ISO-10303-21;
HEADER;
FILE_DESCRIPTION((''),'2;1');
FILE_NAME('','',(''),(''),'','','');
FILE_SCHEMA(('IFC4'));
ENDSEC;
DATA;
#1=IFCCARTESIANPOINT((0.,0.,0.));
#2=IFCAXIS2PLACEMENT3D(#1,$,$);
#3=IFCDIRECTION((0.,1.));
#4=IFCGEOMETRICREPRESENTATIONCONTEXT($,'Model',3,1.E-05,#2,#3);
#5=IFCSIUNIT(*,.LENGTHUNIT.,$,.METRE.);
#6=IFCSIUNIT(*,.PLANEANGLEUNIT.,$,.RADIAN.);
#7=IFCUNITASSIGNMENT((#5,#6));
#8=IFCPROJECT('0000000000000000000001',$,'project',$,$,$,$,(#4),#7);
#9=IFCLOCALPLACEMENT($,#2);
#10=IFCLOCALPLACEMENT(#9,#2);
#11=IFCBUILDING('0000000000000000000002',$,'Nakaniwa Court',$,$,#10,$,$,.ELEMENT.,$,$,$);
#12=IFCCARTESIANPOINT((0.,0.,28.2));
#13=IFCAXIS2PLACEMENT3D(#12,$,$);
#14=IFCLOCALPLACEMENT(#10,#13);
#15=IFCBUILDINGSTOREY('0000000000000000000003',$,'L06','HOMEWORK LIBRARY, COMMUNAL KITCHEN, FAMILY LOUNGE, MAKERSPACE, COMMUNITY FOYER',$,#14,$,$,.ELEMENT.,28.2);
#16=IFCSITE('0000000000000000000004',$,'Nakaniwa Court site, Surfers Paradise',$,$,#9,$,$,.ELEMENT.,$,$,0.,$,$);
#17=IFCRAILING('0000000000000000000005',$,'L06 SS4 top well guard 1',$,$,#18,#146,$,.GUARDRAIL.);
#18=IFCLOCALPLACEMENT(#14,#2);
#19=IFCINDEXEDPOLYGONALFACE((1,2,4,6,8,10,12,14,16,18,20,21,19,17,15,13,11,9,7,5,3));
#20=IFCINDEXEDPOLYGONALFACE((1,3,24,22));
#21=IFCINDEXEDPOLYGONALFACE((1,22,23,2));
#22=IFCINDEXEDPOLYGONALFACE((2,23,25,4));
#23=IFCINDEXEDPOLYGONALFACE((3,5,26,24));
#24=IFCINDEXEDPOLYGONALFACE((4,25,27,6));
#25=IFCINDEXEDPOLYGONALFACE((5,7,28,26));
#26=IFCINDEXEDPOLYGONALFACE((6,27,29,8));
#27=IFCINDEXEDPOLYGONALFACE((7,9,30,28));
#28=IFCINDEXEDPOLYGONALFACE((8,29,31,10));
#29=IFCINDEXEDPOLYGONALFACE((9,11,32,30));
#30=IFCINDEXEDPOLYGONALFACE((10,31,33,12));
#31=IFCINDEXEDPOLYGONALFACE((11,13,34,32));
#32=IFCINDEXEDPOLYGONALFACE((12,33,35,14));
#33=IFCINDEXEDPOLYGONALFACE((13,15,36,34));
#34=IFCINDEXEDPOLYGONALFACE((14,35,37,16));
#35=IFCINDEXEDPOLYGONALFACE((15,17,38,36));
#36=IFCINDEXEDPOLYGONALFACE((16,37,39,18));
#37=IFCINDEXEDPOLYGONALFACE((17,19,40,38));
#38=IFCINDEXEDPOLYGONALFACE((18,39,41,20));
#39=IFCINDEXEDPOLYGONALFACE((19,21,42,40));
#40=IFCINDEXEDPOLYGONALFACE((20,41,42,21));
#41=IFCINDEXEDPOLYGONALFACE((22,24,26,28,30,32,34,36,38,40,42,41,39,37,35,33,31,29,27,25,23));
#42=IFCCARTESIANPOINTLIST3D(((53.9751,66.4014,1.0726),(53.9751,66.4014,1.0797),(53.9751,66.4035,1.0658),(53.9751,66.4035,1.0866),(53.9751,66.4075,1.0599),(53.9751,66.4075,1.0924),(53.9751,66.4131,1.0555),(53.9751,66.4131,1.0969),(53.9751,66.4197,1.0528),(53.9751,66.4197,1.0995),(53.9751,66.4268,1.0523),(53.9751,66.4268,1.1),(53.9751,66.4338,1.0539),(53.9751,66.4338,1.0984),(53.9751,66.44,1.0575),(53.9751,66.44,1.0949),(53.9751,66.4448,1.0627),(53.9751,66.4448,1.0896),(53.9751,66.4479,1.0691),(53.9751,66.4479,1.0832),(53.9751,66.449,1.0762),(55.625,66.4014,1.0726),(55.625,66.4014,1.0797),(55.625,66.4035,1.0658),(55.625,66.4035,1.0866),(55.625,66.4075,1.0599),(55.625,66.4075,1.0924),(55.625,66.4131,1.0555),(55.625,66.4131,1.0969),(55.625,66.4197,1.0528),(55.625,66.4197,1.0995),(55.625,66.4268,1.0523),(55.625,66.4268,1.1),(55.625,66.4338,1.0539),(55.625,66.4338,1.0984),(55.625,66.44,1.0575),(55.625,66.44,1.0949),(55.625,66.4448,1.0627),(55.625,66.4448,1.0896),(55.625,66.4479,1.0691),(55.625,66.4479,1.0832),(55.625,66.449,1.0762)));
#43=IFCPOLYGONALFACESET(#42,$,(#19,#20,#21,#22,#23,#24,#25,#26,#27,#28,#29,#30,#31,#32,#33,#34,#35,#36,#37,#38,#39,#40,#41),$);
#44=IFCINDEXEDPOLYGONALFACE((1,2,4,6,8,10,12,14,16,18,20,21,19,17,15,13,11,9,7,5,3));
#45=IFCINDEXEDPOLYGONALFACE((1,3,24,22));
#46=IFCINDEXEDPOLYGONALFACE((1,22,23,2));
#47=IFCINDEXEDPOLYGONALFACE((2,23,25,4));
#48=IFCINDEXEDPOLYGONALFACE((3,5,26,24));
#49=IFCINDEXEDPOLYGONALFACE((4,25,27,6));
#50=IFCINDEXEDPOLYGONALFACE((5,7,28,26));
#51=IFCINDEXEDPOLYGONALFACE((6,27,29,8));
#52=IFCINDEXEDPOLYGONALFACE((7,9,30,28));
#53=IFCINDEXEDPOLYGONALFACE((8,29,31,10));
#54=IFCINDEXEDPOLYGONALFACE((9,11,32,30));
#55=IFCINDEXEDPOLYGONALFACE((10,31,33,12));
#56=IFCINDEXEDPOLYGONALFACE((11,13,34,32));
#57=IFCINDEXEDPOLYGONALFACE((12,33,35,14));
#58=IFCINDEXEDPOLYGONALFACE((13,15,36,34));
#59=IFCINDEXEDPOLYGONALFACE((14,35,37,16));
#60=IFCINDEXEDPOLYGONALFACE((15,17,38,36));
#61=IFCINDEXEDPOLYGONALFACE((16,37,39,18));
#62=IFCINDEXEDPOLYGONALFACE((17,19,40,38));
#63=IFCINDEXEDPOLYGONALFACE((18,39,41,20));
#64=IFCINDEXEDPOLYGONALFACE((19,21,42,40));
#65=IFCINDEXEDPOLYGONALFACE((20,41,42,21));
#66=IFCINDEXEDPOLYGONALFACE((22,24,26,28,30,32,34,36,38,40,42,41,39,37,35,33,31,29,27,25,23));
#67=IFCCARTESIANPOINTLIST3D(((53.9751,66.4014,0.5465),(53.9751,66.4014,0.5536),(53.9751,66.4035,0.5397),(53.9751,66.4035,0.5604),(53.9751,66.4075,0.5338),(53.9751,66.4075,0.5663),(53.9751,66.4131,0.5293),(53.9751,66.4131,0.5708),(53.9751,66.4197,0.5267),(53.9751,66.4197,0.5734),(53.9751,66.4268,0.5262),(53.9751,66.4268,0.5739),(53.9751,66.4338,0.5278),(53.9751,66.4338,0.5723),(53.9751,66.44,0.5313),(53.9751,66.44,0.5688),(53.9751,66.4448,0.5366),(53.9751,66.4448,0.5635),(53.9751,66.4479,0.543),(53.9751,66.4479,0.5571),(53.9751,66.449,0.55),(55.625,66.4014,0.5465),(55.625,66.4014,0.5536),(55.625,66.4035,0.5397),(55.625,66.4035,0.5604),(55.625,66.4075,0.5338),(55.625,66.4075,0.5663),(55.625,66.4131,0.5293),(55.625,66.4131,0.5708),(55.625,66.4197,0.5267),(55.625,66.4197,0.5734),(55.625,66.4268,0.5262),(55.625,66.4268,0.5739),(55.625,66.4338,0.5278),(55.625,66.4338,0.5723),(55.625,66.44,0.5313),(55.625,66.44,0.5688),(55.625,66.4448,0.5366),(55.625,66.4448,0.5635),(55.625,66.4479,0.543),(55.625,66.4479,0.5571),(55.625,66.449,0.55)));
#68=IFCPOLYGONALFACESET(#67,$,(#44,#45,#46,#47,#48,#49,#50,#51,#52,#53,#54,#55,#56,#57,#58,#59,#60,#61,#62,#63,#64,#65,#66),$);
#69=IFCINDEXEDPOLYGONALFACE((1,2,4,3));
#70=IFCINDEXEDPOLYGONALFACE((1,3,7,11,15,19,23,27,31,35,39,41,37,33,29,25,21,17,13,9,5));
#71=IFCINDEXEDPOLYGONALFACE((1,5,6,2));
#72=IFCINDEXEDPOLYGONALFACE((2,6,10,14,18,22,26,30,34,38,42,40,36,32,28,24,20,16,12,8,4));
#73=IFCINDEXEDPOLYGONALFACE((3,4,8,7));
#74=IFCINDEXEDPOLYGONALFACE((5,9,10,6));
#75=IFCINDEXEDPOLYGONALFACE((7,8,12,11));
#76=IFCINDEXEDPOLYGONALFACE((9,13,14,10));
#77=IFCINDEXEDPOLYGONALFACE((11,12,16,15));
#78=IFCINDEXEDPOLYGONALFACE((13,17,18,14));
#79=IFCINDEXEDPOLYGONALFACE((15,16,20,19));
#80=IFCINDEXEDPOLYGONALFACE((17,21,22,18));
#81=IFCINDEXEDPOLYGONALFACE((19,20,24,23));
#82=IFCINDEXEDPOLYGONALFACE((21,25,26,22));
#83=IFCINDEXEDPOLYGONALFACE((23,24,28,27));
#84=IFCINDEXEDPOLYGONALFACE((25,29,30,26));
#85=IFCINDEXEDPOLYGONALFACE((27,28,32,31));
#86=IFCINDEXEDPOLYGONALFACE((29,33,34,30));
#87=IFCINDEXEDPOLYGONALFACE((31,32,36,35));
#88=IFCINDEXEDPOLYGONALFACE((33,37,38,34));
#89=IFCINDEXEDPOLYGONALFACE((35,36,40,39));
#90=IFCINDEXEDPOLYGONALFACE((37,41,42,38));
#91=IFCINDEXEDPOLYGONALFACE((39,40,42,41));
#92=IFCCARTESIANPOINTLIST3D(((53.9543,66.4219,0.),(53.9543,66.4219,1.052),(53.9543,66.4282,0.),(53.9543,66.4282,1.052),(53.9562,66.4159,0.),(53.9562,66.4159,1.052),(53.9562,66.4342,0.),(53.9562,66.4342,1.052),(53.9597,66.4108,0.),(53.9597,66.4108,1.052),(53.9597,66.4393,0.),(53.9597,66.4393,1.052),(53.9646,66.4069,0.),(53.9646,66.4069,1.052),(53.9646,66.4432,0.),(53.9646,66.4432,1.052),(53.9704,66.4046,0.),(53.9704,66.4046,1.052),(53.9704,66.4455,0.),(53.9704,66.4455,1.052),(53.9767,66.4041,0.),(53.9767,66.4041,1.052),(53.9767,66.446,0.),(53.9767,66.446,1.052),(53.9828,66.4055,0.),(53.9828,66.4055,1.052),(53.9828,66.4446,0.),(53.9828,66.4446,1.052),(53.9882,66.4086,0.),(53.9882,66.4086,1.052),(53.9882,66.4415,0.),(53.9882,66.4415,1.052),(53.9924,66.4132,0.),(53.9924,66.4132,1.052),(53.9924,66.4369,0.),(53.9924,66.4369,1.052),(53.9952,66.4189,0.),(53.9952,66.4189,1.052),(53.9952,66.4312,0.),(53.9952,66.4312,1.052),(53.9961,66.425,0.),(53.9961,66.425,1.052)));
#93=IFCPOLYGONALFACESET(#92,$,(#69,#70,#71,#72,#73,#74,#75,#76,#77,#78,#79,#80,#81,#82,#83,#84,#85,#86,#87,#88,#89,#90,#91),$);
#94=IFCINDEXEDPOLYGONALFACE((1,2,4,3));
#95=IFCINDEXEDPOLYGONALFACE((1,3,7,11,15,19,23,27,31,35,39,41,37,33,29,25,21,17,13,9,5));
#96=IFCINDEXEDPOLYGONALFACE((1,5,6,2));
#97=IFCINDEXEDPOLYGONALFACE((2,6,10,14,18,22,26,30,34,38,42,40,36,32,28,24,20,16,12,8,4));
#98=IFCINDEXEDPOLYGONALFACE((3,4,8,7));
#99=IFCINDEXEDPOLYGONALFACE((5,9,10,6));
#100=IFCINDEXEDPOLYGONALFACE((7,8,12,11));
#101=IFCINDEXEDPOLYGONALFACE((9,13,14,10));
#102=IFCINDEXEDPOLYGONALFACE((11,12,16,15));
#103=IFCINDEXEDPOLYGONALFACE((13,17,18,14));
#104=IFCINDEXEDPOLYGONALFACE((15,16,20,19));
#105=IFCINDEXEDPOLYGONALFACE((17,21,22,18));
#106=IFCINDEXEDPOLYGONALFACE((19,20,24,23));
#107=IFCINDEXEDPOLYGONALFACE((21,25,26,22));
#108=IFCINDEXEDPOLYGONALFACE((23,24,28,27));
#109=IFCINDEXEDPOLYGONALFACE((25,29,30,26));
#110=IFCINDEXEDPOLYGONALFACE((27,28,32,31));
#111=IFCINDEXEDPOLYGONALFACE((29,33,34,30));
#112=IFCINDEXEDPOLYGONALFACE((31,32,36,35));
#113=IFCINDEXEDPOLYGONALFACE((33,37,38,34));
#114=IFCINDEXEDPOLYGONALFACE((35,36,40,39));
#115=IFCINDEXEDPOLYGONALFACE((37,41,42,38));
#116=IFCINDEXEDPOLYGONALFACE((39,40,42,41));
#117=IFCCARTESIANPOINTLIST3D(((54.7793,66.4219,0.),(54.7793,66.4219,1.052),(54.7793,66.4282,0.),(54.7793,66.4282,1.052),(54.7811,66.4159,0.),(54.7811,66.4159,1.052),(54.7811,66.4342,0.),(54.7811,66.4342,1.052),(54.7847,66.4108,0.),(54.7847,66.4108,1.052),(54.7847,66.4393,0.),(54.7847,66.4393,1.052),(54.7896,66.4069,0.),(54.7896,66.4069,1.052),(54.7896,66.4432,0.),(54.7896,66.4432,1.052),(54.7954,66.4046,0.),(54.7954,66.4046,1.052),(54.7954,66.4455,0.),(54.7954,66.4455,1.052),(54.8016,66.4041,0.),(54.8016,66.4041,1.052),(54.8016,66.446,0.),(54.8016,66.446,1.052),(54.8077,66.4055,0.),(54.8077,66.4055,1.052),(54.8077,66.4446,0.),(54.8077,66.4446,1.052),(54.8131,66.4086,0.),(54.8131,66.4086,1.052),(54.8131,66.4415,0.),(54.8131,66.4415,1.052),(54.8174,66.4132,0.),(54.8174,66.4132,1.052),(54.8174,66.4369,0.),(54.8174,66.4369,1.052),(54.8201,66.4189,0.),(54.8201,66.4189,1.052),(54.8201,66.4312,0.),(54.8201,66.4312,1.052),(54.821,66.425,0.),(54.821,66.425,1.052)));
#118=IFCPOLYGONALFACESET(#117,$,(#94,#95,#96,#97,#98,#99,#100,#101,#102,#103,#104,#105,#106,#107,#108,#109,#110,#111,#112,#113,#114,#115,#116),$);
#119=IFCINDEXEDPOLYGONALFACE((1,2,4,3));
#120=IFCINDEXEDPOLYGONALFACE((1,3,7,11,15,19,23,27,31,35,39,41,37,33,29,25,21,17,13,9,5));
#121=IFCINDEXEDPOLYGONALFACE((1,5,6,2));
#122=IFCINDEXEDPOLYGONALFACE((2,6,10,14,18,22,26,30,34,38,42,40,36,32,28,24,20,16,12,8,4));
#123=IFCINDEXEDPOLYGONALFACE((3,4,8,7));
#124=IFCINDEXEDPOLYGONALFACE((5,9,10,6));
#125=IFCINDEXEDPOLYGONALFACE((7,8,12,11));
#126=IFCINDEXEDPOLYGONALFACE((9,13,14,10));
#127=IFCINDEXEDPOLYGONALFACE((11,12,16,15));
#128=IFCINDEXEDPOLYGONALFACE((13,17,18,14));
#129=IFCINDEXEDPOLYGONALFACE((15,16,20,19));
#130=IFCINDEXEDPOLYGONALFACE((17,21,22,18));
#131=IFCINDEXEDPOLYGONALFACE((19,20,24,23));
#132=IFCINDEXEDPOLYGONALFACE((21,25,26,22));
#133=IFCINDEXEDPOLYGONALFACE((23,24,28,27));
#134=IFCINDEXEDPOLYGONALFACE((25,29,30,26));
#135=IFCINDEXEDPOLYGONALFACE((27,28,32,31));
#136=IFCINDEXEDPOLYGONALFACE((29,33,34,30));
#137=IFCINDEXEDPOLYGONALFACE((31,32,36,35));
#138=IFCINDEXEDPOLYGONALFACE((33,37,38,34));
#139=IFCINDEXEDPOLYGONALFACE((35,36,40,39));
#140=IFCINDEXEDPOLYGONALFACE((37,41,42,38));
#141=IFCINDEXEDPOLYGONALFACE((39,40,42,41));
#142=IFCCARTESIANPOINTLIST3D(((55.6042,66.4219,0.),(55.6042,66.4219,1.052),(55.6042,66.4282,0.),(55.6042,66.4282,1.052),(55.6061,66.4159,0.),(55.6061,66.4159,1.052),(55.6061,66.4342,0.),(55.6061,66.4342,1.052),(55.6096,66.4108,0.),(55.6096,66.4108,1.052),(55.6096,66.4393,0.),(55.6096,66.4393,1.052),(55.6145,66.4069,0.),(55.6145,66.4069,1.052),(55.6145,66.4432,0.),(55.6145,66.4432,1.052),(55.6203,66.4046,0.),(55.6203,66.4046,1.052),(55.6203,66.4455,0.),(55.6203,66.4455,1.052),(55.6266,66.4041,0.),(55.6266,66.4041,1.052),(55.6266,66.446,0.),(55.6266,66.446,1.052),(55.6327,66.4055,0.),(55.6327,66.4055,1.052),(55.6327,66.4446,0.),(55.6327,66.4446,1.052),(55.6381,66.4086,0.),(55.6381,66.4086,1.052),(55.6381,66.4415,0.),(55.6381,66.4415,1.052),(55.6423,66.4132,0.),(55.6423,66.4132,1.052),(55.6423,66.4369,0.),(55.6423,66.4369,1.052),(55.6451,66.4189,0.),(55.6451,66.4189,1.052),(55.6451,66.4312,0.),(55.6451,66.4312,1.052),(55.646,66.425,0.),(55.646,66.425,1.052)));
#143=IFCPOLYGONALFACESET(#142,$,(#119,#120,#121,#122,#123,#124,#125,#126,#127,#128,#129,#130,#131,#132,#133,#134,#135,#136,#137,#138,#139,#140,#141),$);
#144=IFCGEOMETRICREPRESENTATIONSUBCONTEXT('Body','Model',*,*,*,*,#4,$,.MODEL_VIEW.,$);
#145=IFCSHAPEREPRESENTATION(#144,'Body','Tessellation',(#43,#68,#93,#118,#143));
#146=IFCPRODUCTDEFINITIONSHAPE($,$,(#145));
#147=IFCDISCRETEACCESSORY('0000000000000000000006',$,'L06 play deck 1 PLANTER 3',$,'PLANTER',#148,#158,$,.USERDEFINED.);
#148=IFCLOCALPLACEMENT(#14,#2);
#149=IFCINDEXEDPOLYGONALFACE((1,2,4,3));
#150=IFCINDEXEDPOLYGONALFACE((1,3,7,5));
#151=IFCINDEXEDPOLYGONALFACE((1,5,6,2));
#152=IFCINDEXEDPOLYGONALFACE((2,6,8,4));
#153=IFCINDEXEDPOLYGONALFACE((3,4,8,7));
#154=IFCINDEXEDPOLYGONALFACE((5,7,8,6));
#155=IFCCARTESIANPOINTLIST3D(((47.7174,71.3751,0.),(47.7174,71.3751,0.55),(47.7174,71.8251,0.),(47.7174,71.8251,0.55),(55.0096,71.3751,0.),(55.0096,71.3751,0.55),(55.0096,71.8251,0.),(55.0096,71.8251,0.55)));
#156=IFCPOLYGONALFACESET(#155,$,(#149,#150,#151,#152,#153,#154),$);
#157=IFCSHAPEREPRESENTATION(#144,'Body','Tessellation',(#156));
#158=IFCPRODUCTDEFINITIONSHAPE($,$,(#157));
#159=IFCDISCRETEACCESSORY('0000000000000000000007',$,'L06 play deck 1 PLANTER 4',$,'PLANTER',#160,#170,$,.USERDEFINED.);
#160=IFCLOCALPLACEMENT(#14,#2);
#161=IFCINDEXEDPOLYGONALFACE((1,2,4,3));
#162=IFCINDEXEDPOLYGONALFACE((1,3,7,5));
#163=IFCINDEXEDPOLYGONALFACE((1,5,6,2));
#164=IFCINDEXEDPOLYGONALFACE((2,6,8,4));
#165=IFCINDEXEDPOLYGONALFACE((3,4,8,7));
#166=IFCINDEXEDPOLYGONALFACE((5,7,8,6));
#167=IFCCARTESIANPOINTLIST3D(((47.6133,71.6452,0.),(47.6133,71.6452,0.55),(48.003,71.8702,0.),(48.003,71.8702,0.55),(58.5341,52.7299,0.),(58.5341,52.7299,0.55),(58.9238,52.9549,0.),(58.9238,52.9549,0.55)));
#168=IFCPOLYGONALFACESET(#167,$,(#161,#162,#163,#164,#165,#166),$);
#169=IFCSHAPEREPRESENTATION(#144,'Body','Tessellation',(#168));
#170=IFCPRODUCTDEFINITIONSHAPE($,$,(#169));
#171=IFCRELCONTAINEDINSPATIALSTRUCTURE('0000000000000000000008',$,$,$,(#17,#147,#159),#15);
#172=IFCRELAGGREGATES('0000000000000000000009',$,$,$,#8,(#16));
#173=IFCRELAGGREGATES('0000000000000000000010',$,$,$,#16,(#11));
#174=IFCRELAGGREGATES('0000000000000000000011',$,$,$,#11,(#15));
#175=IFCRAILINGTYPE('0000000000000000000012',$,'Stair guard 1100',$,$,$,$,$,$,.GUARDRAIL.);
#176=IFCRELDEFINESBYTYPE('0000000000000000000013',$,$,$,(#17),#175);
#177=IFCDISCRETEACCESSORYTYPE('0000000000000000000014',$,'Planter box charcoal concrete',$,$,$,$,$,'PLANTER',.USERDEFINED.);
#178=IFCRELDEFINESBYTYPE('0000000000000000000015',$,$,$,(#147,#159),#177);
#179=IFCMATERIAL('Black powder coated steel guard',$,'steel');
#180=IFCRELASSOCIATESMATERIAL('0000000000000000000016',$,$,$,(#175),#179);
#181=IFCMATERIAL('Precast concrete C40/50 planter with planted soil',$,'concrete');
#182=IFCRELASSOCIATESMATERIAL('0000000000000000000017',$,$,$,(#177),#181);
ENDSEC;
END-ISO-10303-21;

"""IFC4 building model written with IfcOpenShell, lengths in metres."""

from ifc_helpers import new_model, si_unit, direction, frame, origin, origin_2d, place, context, subcontext, project, spatial, rectangle, circle, extrude, material, type_object, element, save


model = new_model("IFC4")

# Units and contexts
model_context = context("Model", 3, precision=1e-05, world=origin(), true_north=direction((0.0, 1.0)))
body_context = subcontext(model_context, "Body", "Model", "MODEL_VIEW")
ifc_project = project(units=[si_unit("LENGTHUNIT", "METRE"), si_unit("PLANEANGLEUNIT", "RADIAN")], contexts=[model_context])

# Site, building, storey
site_placement = place(None, origin())
site = spatial("IfcSite", under=ifc_project, at=site_placement, Name="Nakaniwa Court site, Surfers Paradise", CompositionType="ELEMENT", RefElevation=0.0)
building_placement = place(site_placement, origin())
building = spatial("IfcBuilding", under=site, at=building_placement, Name="Nakaniwa Court", CompositionType="ELEMENT")
storey_placement = place(building_placement, frame((0.0, 0.0, 28.2)))
storey = spatial("IfcBuildingStorey", under=building, at=storey_placement, Name="L06", Description="HOMEWORK LIBRARY, COMMUNAL KITCHEN, FAMILY LOUNGE, MAKERSPACE, COMMUNITY FOYER", CompositionType="ELEMENT", Elevation=28.2)

# Railing
ifc_material_1 = material(Name="Black powder coated steel guard", Category="steel")
railing_type = type_object("IfcRailingType", Name="Stair guard 1100", PredefinedType="GUARDRAIL", material=ifc_material_1)
railing_placement = place(storey_placement, frame((53.9751, 66.425, 0.0)))
element("IfcRailing", 1, at=railing_placement, inside=storey, type_object=railing_type, Name="L06 SS4 top well guard 1", PredefinedType="GUARDRAIL", context=body_context, shape_type="SweptSolid", body=[
    extrude(circle(Radius=0.0239, at=origin_2d()), frame((0.0, 0.0, 1.0762), z_axis=(1.0, 0.0, 0.0), x_axis=(0.0, 1.0, 0.0)), (0.0, 0.0, 1.0), 1.6499),
    extrude(circle(Radius=0.0239, at=origin_2d()), frame((0.0, 0.0, 0.55), z_axis=(1.0, 0.0, 0.0), x_axis=(0.0, 1.0, 0.0)), (0.0, 0.0, 1.0), 1.6499),
    extrude(circle(Radius=0.021, at=origin_2d()), origin(), (0.0, 0.0, 1.0), 1.052),
    extrude(circle(Radius=0.021, at=origin_2d()), frame((0.825, 0.0, 0.0)), (0.0, 0.0, 1.0), 1.052),
    extrude(circle(Radius=0.021, at=origin_2d()), frame((1.6499, 0.0, 0.0)), (0.0, 0.0, 1.0), 1.052),
])

# Discrete accessories
ifc_material_2 = material(Name="Precast concrete C40/50 planter with planted soil", Category="concrete")
discrete_accessory_type = type_object("IfcDiscreteAccessoryType", Name="Planter box charcoal concrete", ElementType="PLANTER", PredefinedType="USERDEFINED", material=ifc_material_2)
discrete_accessory_1_placement = place(storey_placement, frame((51.3635, 71.6001, 0.0), z_axis=(0.0, 0.0, 1.0), x_axis=(-1.0, 0.0, 0.0)))
element("IfcDiscreteAccessory", 2, at=discrete_accessory_1_placement, inside=storey, type_object=discrete_accessory_type, Name="L06 play deck 1 PLANTER 3", ObjectType="PLANTER", PredefinedType="USERDEFINED", context=body_context, shape_type="SweptSolid", body=[
    extrude(rectangle(XDim=7.2922, YDim=0.45, at=origin_2d()), origin(), (0.0, 0.0, 1.0), 0.55),
])
discrete_accessory_2_placement = place(storey_placement, frame((53.2686, 62.3, 0.0), z_axis=(0.0, 0.0, 1.0), x_axis=(0.499998, -0.866026, 0.0)))
element("IfcDiscreteAccessory", 3, at=discrete_accessory_2_placement, inside=storey, type_object=discrete_accessory_type, Name="L06 play deck 1 PLANTER 4", ObjectType="PLANTER", PredefinedType="USERDEFINED", context=body_context, shape_type="SweptSolid", body=[
    extrude(rectangle(XDim=21.8416, YDim=0.45, at=origin_2d()), origin(), (0.0, 0.0, 1.0), 0.55),
])

save(model, "model.ifc")
